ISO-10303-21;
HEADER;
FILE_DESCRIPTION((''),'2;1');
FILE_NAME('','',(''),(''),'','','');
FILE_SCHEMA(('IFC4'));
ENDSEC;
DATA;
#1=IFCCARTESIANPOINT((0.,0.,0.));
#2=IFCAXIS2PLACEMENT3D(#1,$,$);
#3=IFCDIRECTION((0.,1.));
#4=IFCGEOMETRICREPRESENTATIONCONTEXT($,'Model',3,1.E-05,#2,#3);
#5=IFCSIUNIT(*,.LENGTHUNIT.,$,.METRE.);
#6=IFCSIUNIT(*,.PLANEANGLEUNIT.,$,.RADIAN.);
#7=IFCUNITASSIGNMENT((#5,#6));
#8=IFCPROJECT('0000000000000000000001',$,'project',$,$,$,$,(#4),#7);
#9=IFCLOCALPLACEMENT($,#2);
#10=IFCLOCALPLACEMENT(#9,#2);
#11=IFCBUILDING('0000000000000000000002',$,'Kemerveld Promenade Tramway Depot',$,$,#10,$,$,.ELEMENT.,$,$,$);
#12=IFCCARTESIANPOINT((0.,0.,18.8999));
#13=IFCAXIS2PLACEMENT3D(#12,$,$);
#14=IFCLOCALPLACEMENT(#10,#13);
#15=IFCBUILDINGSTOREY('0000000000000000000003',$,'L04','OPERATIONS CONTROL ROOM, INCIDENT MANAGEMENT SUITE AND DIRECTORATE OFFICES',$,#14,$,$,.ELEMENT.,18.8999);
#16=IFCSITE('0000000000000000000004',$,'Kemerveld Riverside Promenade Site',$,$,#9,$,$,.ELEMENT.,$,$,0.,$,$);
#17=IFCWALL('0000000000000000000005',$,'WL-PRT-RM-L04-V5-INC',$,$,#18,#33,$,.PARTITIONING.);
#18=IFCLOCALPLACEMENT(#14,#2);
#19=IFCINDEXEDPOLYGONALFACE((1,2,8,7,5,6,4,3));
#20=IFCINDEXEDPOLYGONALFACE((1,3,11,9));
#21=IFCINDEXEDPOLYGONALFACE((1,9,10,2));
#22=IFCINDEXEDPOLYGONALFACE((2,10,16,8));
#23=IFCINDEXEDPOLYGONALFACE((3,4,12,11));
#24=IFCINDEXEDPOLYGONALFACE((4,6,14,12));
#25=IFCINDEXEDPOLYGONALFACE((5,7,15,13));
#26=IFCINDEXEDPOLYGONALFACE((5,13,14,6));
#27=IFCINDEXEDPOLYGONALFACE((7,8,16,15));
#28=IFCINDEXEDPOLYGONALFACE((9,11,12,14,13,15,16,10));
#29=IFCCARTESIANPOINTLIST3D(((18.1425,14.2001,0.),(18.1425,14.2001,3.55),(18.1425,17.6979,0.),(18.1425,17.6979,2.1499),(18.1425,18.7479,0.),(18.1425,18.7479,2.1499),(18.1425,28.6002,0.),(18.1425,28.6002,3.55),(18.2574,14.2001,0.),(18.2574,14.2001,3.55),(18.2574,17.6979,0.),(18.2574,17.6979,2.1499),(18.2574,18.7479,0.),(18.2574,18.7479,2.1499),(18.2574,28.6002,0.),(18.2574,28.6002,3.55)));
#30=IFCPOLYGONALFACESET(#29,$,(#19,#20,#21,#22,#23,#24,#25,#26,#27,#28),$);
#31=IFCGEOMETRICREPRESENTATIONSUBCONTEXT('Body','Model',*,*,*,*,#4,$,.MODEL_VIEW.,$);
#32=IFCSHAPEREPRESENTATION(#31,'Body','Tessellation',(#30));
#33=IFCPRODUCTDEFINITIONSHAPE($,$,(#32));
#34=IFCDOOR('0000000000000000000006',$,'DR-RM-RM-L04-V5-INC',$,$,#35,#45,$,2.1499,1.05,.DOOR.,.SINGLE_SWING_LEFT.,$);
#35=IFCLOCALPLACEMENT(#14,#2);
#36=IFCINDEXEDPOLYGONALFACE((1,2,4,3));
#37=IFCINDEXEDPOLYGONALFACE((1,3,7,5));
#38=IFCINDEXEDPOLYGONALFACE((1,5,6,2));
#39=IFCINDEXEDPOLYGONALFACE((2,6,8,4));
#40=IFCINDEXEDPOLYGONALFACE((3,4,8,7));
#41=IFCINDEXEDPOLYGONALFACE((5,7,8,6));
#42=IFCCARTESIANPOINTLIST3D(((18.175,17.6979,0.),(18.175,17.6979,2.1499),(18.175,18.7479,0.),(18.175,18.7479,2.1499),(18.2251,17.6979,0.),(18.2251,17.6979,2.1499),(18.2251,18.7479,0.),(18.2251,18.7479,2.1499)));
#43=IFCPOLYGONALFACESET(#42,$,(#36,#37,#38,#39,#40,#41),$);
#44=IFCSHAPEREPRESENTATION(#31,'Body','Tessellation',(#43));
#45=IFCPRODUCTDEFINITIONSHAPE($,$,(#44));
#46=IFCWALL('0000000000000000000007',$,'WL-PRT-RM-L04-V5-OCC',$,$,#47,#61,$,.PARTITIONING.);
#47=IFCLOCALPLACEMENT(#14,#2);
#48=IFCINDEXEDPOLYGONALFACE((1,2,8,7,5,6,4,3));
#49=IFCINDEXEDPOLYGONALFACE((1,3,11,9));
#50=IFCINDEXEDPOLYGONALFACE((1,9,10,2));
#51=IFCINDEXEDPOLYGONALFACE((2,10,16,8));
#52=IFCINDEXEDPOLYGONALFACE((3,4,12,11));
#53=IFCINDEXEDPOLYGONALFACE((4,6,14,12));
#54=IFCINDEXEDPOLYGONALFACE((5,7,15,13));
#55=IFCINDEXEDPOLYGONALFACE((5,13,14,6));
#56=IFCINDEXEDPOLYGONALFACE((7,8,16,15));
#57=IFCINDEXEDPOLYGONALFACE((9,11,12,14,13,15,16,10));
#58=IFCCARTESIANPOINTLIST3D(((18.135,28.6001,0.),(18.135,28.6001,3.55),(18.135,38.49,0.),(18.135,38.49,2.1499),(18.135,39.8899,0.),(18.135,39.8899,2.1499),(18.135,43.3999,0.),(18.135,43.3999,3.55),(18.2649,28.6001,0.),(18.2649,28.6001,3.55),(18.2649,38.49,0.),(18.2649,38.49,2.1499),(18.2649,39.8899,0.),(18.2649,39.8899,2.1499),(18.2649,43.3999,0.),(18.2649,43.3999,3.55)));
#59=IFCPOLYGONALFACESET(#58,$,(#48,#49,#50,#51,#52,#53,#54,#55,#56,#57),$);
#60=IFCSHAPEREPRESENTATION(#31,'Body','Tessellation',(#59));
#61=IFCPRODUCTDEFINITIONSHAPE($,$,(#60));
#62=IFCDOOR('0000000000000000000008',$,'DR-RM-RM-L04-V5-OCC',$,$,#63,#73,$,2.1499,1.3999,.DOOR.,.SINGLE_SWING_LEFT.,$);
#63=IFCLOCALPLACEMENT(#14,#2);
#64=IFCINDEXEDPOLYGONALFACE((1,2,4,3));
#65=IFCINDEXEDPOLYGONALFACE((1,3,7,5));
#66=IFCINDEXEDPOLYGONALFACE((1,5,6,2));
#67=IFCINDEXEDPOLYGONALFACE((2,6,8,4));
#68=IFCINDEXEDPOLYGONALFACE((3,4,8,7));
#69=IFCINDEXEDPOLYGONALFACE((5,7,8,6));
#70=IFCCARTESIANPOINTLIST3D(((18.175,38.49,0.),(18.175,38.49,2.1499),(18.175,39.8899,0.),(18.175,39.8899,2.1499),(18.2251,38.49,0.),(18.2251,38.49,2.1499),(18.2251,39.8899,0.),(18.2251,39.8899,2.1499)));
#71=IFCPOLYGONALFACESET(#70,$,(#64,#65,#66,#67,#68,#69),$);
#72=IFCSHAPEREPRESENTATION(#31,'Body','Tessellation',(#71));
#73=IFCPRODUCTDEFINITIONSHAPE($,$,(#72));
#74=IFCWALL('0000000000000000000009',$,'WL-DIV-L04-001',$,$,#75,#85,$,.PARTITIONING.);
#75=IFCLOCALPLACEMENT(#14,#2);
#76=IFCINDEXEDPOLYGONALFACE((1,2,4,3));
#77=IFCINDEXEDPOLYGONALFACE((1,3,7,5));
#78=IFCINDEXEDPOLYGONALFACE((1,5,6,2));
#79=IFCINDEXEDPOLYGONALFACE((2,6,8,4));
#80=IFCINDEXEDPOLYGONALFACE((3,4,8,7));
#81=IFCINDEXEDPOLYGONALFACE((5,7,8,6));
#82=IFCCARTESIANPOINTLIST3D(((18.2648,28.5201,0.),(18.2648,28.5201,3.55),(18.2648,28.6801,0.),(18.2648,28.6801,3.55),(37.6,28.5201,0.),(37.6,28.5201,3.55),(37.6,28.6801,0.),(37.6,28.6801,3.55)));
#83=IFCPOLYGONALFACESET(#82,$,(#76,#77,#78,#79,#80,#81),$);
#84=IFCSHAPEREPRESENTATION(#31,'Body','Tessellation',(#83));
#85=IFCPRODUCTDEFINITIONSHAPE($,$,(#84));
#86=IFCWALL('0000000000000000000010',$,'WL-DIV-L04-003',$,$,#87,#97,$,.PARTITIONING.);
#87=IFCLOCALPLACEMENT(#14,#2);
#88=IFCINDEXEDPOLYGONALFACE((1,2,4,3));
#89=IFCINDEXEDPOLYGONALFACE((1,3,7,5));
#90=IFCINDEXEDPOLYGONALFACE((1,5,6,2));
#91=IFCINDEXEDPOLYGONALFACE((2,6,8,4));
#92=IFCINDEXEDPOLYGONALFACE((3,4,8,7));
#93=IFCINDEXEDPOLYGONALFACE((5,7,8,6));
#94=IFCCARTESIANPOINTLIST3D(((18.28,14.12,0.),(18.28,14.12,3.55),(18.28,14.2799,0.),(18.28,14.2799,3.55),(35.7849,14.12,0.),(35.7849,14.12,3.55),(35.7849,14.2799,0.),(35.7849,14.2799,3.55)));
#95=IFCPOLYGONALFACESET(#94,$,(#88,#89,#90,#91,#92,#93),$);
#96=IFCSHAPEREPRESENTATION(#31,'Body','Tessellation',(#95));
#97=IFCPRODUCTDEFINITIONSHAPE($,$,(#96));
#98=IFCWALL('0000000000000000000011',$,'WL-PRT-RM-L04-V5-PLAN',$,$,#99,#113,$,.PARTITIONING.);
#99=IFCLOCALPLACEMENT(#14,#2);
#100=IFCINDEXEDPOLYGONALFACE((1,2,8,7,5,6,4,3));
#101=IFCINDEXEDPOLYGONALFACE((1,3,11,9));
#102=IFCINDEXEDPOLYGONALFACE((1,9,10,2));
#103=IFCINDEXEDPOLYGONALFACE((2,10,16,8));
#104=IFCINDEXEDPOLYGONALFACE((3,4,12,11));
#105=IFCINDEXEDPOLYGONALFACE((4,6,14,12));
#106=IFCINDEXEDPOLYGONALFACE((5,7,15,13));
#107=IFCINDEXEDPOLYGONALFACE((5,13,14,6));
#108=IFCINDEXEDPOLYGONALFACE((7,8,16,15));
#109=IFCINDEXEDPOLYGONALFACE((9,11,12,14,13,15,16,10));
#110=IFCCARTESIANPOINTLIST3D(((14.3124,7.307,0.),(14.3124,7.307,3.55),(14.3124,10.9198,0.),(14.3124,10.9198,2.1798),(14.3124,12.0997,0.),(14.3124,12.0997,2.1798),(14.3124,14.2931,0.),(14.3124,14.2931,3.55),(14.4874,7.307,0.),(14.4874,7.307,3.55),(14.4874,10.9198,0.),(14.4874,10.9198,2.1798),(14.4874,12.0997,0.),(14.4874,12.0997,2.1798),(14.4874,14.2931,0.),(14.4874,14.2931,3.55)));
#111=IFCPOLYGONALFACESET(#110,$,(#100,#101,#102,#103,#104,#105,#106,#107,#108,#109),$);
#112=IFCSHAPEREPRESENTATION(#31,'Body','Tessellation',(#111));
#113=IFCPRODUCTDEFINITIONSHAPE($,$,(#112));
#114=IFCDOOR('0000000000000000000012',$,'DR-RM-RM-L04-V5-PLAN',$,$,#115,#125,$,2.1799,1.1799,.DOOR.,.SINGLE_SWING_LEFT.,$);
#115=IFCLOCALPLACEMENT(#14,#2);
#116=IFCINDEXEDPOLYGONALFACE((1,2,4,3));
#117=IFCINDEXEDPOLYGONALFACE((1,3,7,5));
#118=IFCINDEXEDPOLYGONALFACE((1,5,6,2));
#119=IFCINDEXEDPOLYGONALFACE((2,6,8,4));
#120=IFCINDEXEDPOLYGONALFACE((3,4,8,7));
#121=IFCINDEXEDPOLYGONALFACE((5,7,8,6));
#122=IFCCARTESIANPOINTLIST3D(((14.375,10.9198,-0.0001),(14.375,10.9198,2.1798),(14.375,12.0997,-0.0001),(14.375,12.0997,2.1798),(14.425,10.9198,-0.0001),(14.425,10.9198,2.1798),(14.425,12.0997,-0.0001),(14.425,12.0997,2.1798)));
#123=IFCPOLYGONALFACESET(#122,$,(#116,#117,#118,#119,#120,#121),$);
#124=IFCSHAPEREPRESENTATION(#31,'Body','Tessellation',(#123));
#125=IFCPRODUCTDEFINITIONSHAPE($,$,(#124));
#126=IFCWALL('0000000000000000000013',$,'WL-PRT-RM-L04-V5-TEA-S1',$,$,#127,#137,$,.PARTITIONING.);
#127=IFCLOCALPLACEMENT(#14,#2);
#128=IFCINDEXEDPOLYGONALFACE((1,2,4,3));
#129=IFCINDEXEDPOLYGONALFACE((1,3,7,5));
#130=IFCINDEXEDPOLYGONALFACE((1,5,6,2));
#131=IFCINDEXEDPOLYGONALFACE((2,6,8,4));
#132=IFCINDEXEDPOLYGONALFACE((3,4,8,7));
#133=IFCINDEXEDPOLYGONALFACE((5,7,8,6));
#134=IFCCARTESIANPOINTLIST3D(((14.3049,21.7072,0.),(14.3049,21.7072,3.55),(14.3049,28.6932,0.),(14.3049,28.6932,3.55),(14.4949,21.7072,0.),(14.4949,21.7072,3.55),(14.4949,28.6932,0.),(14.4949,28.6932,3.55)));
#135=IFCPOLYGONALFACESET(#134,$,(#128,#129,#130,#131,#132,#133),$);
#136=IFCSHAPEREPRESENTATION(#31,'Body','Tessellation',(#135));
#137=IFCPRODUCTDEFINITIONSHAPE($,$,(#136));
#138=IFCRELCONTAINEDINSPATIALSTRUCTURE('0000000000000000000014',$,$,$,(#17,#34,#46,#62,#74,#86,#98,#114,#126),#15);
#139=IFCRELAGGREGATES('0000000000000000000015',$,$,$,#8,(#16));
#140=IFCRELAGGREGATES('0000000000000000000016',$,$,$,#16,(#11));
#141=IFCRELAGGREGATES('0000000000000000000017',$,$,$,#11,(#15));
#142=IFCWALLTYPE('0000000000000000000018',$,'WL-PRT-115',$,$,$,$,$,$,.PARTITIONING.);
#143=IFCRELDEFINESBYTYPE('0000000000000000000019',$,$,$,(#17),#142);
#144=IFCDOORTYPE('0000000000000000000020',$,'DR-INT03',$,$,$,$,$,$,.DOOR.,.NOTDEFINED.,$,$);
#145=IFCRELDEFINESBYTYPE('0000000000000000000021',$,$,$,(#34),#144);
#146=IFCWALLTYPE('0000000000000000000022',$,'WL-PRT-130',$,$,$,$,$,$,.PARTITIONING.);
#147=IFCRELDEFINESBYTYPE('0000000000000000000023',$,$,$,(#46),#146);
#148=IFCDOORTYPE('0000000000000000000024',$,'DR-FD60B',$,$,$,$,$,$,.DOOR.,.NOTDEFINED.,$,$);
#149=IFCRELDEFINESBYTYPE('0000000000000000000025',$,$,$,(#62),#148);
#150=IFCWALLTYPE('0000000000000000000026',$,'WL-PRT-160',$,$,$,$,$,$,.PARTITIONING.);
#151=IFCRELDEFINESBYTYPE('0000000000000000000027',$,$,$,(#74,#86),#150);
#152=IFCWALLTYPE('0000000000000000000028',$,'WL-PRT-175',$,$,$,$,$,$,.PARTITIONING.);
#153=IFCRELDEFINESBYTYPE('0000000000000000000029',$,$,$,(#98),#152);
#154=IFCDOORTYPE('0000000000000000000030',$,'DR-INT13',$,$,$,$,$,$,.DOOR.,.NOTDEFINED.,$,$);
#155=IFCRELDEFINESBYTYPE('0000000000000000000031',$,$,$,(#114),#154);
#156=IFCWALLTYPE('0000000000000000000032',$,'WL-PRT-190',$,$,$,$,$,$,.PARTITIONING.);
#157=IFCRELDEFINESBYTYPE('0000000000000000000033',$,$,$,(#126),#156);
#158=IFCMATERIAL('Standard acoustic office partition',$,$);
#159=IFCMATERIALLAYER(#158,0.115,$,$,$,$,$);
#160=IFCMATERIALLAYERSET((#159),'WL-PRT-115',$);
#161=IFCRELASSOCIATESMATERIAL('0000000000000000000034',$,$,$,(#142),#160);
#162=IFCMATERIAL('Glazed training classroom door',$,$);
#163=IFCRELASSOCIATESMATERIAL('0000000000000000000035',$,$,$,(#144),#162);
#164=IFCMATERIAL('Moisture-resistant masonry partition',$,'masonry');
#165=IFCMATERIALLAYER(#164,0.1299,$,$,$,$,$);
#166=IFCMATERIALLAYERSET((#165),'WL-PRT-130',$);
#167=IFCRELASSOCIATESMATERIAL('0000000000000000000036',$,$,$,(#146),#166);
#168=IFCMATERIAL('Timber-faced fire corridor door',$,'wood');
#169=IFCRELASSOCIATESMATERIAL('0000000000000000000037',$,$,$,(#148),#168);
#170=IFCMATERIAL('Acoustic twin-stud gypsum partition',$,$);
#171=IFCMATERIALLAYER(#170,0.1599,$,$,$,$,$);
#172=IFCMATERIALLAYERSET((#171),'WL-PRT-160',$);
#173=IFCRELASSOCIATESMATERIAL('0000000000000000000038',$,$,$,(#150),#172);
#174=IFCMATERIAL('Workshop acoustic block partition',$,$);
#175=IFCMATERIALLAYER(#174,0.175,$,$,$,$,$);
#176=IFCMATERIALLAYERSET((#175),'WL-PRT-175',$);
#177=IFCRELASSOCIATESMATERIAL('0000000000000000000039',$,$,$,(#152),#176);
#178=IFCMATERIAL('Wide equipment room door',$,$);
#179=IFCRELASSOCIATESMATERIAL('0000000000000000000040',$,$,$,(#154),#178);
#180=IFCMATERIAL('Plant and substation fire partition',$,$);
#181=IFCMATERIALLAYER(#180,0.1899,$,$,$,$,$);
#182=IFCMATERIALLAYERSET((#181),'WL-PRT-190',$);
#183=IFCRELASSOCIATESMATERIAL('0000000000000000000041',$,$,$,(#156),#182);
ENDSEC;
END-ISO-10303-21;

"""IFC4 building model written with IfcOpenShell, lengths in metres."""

from ifc_helpers import new_model, si_unit, direction, frame, frame_2d, origin, place, context, subcontext, project, spatial, rectangle, extrude, material, layer, layer_set, type_object, element, fill, save


model = new_model("IFC4")

# Units and contexts
model_context = context("Model", 3, precision=1e-05, world=origin(), true_north=direction((0.0, 1.0)))
body_context = subcontext(model_context, "Body", "Model", "MODEL_VIEW")
ifc_project = project(units=[si_unit("LENGTHUNIT", "METRE"), si_unit("PLANEANGLEUNIT", "RADIAN")], contexts=[model_context])

# Site, building, storey
site_placement = place(None, origin())
site = spatial("IfcSite", under=ifc_project, at=site_placement, Name="Kemerveld Riverside Promenade Site", CompositionType="ELEMENT", RefElevation=0.0)
building_placement = place(site_placement, origin())
building = spatial("IfcBuilding", under=site, at=building_placement, Name="Kemerveld Promenade Tramway Depot", CompositionType="ELEMENT")
storey_placement = place(building_placement, frame((0.0, 0.0, 18.8999)))
storey = spatial("IfcBuildingStorey", under=building, at=storey_placement, Name="L04", Description="OPERATIONS CONTROL ROOM, INCIDENT MANAGEMENT SUITE AND DIRECTORATE OFFICES", CompositionType="ELEMENT", Elevation=18.8999)

# Walls, openings, doors
ifc_material_1 = material(Name="Standard acoustic office partition")
ifc_layer_1 = layer(ifc_material_1, 0.115)
ifc_layer_set_1 = layer_set([ifc_layer_1], Name="WL-PRT-115")
wall_type_1 = type_object("IfcWallType", Name="WL-PRT-115", PredefinedType="PARTITIONING", material=ifc_layer_set_1)
wall_1_placement = place(storey_placement, frame((18.2, 14.2, 0.0), z_axis=(0.0, 0.0, 1.0), x_axis=(0.0, 1.0, 0.0)))
wall_1 = element("IfcWall", 1, at=wall_1_placement, inside=storey, type_object=wall_type_1, Name="WL-PRT-RM-L04-V5-INC", PredefinedType="PARTITIONING", context=body_context, shape_type="SweptSolid", body=[
    extrude(rectangle(XDim=14.4001, YDim=0.115, at=frame_2d((7.2002, 0.0))), origin(), (0.0, 0.0, 1.0), 3.55),
])
opening_1_placement = place(wall_1_placement, frame((3.498, 0.0, 0.0)))
opening_1 = element("IfcOpeningElement", 2, at=opening_1_placement, cuts=wall_1, PredefinedType="OPENING", context=body_context, shape_type="SweptSolid", body=[
    extrude(rectangle(XDim=1.05, YDim=2.1499, at=frame_2d((0.5249, 1.075))), frame((0.0, 0.0674, 0.0), z_axis=(0.0, -1.0, 0.0), x_axis=(1.0, 0.0, 0.0)), (0.0, 0.0, 1.0), 0.135),
])
ifc_material_2 = material(Name="Glazed training classroom door")
door_type_1 = type_object("IfcDoorType", Name="DR-INT03", OperationType="NOTDEFINED", PredefinedType="DOOR", material=ifc_material_2)
door_1_placement = place(opening_1_placement, origin())
door_1 = element("IfcDoor", 3, at=door_1_placement, inside=storey, type_object=door_type_1, Name="DR-RM-RM-L04-V5-INC", OperationType="SINGLE_SWING_LEFT", OverallHeight=2.1499, OverallWidth=1.05, PredefinedType="DOOR", context=body_context, shape_type="SweptSolid", body=[
    extrude(rectangle(XDim=1.05, YDim=2.1499, at=frame_2d((0.5249, 1.075))), frame((0.0, 0.0249, 0.0), z_axis=(0.0, -1.0, 0.0), x_axis=(1.0, 0.0, 0.0)), (0.0, 0.0, 1.0), 0.05),
])
fill(opening_1, door_1)
ifc_material_3 = material(Name="Moisture-resistant masonry partition", Category="masonry")
ifc_layer_2 = layer(ifc_material_3, 0.1299)
ifc_layer_set_2 = layer_set([ifc_layer_2], Name="WL-PRT-130")
wall_type_2 = type_object("IfcWallType", Name="WL-PRT-130", PredefinedType="PARTITIONING", material=ifc_layer_set_2)
wall_2_placement = place(storey_placement, frame((18.2, 28.6001, 0.0), z_axis=(0.0, 0.0, 1.0), x_axis=(0.0, 1.0, 0.0)))
wall_2 = element("IfcWall", 4, at=wall_2_placement, inside=storey, type_object=wall_type_2, Name="WL-PRT-RM-L04-V5-OCC", PredefinedType="PARTITIONING", context=body_context, shape_type="SweptSolid", body=[
    extrude(rectangle(XDim=14.7998, YDim=0.1299, at=frame_2d((7.3999, 0.0))), origin(), (0.0, 0.0, 1.0), 3.55),
])
opening_2_placement = place(wall_2_placement, frame((9.8899, 0.0, 0.0)))
opening_2 = element("IfcOpeningElement", 5, at=opening_2_placement, cuts=wall_2, PredefinedType="OPENING", context=body_context, shape_type="SweptSolid", body=[
    extrude(rectangle(XDim=1.3999, YDim=2.1499, at=frame_2d((0.7, 1.075))), frame((0.0, 0.075, 0.0), z_axis=(0.0, -1.0, 0.0), x_axis=(1.0, 0.0, 0.0)), (0.0, 0.0, 1.0), 0.1499),
])
ifc_material_4 = material(Name="Timber-faced fire corridor door", Category="wood")
door_type_2 = type_object("IfcDoorType", Name="DR-FD60B", OperationType="NOTDEFINED", PredefinedType="DOOR", material=ifc_material_4)
door_2_placement = place(opening_2_placement, origin())
door_2 = element("IfcDoor", 6, at=door_2_placement, inside=storey, type_object=door_type_2, Name="DR-RM-RM-L04-V5-OCC", OperationType="SINGLE_SWING_LEFT", OverallHeight=2.1499, OverallWidth=1.3999, PredefinedType="DOOR", context=body_context, shape_type="SweptSolid", body=[
    extrude(rectangle(XDim=1.3999, YDim=2.1499, at=frame_2d((0.7, 1.075))), frame((0.0, 0.0249, 0.0), z_axis=(0.0, -1.0, 0.0), x_axis=(1.0, 0.0, 0.0)), (0.0, 0.0, 1.0), 0.05),
])
fill(opening_2, door_2)

# Walls
ifc_material_5 = material(Name="Acoustic twin-stud gypsum partition")
ifc_layer_3 = layer(ifc_material_5, 0.1599)
ifc_layer_set_3 = layer_set([ifc_layer_3], Name="WL-PRT-160")
wall_type_3 = type_object("IfcWallType", Name="WL-PRT-160", PredefinedType="PARTITIONING", material=ifc_layer_set_3)
wall_3_placement = place(storey_placement, frame((18.2649, 28.6001, 0.0), z_axis=(0.0, 0.0, 1.0), x_axis=(1.0, 0.0, 0.0)))
element("IfcWall", 7, at=wall_3_placement, inside=storey, type_object=wall_type_3, Name="WL-DIV-L04-001", PredefinedType="PARTITIONING", context=body_context, shape_type="SweptSolid", body=[
    extrude(rectangle(XDim=19.3352, YDim=0.1599, at=frame_2d((9.6675, 0.0))), origin(), (0.0, 0.0, 1.0), 3.55),
])
wall_4_placement = place(storey_placement, frame((18.28, 14.2, 0.0), z_axis=(0.0, 0.0, 1.0), x_axis=(1.0, 0.0, 0.0)))
element("IfcWall", 8, at=wall_4_placement, inside=storey, type_object=wall_type_3, Name="WL-DIV-L04-003", PredefinedType="PARTITIONING", context=body_context, shape_type="SweptSolid", body=[
    extrude(rectangle(XDim=17.5049, YDim=0.1599, at=frame_2d((8.7524, 0.0))), origin(), (0.0, 0.0, 1.0), 3.55),
])

# Wall, opening, door
ifc_material_6 = material(Name="Workshop acoustic block partition")
ifc_layer_4 = layer(ifc_material_6, 0.175)
ifc_layer_set_4 = layer_set([ifc_layer_4], Name="WL-PRT-175")
wall_type_4 = type_object("IfcWallType", Name="WL-PRT-175", PredefinedType="PARTITIONING", material=ifc_layer_set_4)
wall_5_placement = place(storey_placement, frame((14.3999, 7.3069, 0.0), z_axis=(0.0, 0.0, 1.0), x_axis=(0.0, 1.0, 0.0)))
wall_5 = element("IfcWall", 9, at=wall_5_placement, inside=storey, type_object=wall_type_4, Name="WL-PRT-RM-L04-V5-PLAN", PredefinedType="PARTITIONING", context=body_context, shape_type="SweptSolid", body=[
    extrude(rectangle(XDim=6.9861, YDim=0.175, at=frame_2d((3.4932, 0.0))), origin(), (0.0, 0.0, 1.0), 3.55),
])
opening_3_placement = place(wall_5_placement, frame((3.613, 0.0, 0.0)))
opening_3 = element("IfcOpeningElement", 10, at=opening_3_placement, cuts=wall_5, PredefinedType="OPENING", context=body_context, shape_type="SweptSolid", body=[
    extrude(rectangle(XDim=1.1799, YDim=2.1799, at=frame_2d((0.5898, 1.0898))), frame((0.0, 0.0974, 0.0), z_axis=(0.0, -1.0, 0.0), x_axis=(1.0, 0.0, 0.0)), (0.0, 0.0, 1.0), 0.1951),
])
ifc_material_7 = material(Name="Wide equipment room door")
door_type_3 = type_object("IfcDoorType", Name="DR-INT13", OperationType="NOTDEFINED", PredefinedType="DOOR", material=ifc_material_7)
door_3_placement = place(opening_3_placement, origin())
door_3 = element("IfcDoor", 11, at=door_3_placement, inside=storey, type_object=door_type_3, Name="DR-RM-RM-L04-V5-PLAN", OperationType="SINGLE_SWING_LEFT", OverallHeight=2.1799, OverallWidth=1.1799, PredefinedType="DOOR", context=body_context, shape_type="SweptSolid", body=[
    extrude(rectangle(XDim=1.1799, YDim=2.1799, at=frame_2d((0.5898, 1.0898))), frame((0.0, 0.0249, 0.0), z_axis=(0.0, -1.0, 0.0), x_axis=(1.0, 0.0, 0.0)), (0.0, 0.0, 1.0), 0.05),
])
fill(opening_3, door_3)

# Wall
ifc_material_8 = material(Name="Plant and substation fire partition")
ifc_layer_5 = layer(ifc_material_8, 0.1899)
ifc_layer_set_5 = layer_set([ifc_layer_5], Name="WL-PRT-190")
wall_type_5 = type_object("IfcWallType", Name="WL-PRT-190", PredefinedType="PARTITIONING", material=ifc_layer_set_5)
wall_6_placement = place(storey_placement, frame((14.3999, 21.707, 0.0), z_axis=(0.0, 0.0, 1.0), x_axis=(0.0, 1.0, 0.0)))
element("IfcWall", 12, at=wall_6_placement, inside=storey, type_object=wall_type_5, Name="WL-PRT-RM-L04-V5-TEA-S1", PredefinedType="PARTITIONING", context=body_context, shape_type="SweptSolid", body=[
    extrude(rectangle(XDim=6.9861, YDim=0.1899, at=frame_2d((3.4932, 0.0))), origin(), (0.0, 0.0, 1.0), 3.55),
])

save(model, "model.ifc")
